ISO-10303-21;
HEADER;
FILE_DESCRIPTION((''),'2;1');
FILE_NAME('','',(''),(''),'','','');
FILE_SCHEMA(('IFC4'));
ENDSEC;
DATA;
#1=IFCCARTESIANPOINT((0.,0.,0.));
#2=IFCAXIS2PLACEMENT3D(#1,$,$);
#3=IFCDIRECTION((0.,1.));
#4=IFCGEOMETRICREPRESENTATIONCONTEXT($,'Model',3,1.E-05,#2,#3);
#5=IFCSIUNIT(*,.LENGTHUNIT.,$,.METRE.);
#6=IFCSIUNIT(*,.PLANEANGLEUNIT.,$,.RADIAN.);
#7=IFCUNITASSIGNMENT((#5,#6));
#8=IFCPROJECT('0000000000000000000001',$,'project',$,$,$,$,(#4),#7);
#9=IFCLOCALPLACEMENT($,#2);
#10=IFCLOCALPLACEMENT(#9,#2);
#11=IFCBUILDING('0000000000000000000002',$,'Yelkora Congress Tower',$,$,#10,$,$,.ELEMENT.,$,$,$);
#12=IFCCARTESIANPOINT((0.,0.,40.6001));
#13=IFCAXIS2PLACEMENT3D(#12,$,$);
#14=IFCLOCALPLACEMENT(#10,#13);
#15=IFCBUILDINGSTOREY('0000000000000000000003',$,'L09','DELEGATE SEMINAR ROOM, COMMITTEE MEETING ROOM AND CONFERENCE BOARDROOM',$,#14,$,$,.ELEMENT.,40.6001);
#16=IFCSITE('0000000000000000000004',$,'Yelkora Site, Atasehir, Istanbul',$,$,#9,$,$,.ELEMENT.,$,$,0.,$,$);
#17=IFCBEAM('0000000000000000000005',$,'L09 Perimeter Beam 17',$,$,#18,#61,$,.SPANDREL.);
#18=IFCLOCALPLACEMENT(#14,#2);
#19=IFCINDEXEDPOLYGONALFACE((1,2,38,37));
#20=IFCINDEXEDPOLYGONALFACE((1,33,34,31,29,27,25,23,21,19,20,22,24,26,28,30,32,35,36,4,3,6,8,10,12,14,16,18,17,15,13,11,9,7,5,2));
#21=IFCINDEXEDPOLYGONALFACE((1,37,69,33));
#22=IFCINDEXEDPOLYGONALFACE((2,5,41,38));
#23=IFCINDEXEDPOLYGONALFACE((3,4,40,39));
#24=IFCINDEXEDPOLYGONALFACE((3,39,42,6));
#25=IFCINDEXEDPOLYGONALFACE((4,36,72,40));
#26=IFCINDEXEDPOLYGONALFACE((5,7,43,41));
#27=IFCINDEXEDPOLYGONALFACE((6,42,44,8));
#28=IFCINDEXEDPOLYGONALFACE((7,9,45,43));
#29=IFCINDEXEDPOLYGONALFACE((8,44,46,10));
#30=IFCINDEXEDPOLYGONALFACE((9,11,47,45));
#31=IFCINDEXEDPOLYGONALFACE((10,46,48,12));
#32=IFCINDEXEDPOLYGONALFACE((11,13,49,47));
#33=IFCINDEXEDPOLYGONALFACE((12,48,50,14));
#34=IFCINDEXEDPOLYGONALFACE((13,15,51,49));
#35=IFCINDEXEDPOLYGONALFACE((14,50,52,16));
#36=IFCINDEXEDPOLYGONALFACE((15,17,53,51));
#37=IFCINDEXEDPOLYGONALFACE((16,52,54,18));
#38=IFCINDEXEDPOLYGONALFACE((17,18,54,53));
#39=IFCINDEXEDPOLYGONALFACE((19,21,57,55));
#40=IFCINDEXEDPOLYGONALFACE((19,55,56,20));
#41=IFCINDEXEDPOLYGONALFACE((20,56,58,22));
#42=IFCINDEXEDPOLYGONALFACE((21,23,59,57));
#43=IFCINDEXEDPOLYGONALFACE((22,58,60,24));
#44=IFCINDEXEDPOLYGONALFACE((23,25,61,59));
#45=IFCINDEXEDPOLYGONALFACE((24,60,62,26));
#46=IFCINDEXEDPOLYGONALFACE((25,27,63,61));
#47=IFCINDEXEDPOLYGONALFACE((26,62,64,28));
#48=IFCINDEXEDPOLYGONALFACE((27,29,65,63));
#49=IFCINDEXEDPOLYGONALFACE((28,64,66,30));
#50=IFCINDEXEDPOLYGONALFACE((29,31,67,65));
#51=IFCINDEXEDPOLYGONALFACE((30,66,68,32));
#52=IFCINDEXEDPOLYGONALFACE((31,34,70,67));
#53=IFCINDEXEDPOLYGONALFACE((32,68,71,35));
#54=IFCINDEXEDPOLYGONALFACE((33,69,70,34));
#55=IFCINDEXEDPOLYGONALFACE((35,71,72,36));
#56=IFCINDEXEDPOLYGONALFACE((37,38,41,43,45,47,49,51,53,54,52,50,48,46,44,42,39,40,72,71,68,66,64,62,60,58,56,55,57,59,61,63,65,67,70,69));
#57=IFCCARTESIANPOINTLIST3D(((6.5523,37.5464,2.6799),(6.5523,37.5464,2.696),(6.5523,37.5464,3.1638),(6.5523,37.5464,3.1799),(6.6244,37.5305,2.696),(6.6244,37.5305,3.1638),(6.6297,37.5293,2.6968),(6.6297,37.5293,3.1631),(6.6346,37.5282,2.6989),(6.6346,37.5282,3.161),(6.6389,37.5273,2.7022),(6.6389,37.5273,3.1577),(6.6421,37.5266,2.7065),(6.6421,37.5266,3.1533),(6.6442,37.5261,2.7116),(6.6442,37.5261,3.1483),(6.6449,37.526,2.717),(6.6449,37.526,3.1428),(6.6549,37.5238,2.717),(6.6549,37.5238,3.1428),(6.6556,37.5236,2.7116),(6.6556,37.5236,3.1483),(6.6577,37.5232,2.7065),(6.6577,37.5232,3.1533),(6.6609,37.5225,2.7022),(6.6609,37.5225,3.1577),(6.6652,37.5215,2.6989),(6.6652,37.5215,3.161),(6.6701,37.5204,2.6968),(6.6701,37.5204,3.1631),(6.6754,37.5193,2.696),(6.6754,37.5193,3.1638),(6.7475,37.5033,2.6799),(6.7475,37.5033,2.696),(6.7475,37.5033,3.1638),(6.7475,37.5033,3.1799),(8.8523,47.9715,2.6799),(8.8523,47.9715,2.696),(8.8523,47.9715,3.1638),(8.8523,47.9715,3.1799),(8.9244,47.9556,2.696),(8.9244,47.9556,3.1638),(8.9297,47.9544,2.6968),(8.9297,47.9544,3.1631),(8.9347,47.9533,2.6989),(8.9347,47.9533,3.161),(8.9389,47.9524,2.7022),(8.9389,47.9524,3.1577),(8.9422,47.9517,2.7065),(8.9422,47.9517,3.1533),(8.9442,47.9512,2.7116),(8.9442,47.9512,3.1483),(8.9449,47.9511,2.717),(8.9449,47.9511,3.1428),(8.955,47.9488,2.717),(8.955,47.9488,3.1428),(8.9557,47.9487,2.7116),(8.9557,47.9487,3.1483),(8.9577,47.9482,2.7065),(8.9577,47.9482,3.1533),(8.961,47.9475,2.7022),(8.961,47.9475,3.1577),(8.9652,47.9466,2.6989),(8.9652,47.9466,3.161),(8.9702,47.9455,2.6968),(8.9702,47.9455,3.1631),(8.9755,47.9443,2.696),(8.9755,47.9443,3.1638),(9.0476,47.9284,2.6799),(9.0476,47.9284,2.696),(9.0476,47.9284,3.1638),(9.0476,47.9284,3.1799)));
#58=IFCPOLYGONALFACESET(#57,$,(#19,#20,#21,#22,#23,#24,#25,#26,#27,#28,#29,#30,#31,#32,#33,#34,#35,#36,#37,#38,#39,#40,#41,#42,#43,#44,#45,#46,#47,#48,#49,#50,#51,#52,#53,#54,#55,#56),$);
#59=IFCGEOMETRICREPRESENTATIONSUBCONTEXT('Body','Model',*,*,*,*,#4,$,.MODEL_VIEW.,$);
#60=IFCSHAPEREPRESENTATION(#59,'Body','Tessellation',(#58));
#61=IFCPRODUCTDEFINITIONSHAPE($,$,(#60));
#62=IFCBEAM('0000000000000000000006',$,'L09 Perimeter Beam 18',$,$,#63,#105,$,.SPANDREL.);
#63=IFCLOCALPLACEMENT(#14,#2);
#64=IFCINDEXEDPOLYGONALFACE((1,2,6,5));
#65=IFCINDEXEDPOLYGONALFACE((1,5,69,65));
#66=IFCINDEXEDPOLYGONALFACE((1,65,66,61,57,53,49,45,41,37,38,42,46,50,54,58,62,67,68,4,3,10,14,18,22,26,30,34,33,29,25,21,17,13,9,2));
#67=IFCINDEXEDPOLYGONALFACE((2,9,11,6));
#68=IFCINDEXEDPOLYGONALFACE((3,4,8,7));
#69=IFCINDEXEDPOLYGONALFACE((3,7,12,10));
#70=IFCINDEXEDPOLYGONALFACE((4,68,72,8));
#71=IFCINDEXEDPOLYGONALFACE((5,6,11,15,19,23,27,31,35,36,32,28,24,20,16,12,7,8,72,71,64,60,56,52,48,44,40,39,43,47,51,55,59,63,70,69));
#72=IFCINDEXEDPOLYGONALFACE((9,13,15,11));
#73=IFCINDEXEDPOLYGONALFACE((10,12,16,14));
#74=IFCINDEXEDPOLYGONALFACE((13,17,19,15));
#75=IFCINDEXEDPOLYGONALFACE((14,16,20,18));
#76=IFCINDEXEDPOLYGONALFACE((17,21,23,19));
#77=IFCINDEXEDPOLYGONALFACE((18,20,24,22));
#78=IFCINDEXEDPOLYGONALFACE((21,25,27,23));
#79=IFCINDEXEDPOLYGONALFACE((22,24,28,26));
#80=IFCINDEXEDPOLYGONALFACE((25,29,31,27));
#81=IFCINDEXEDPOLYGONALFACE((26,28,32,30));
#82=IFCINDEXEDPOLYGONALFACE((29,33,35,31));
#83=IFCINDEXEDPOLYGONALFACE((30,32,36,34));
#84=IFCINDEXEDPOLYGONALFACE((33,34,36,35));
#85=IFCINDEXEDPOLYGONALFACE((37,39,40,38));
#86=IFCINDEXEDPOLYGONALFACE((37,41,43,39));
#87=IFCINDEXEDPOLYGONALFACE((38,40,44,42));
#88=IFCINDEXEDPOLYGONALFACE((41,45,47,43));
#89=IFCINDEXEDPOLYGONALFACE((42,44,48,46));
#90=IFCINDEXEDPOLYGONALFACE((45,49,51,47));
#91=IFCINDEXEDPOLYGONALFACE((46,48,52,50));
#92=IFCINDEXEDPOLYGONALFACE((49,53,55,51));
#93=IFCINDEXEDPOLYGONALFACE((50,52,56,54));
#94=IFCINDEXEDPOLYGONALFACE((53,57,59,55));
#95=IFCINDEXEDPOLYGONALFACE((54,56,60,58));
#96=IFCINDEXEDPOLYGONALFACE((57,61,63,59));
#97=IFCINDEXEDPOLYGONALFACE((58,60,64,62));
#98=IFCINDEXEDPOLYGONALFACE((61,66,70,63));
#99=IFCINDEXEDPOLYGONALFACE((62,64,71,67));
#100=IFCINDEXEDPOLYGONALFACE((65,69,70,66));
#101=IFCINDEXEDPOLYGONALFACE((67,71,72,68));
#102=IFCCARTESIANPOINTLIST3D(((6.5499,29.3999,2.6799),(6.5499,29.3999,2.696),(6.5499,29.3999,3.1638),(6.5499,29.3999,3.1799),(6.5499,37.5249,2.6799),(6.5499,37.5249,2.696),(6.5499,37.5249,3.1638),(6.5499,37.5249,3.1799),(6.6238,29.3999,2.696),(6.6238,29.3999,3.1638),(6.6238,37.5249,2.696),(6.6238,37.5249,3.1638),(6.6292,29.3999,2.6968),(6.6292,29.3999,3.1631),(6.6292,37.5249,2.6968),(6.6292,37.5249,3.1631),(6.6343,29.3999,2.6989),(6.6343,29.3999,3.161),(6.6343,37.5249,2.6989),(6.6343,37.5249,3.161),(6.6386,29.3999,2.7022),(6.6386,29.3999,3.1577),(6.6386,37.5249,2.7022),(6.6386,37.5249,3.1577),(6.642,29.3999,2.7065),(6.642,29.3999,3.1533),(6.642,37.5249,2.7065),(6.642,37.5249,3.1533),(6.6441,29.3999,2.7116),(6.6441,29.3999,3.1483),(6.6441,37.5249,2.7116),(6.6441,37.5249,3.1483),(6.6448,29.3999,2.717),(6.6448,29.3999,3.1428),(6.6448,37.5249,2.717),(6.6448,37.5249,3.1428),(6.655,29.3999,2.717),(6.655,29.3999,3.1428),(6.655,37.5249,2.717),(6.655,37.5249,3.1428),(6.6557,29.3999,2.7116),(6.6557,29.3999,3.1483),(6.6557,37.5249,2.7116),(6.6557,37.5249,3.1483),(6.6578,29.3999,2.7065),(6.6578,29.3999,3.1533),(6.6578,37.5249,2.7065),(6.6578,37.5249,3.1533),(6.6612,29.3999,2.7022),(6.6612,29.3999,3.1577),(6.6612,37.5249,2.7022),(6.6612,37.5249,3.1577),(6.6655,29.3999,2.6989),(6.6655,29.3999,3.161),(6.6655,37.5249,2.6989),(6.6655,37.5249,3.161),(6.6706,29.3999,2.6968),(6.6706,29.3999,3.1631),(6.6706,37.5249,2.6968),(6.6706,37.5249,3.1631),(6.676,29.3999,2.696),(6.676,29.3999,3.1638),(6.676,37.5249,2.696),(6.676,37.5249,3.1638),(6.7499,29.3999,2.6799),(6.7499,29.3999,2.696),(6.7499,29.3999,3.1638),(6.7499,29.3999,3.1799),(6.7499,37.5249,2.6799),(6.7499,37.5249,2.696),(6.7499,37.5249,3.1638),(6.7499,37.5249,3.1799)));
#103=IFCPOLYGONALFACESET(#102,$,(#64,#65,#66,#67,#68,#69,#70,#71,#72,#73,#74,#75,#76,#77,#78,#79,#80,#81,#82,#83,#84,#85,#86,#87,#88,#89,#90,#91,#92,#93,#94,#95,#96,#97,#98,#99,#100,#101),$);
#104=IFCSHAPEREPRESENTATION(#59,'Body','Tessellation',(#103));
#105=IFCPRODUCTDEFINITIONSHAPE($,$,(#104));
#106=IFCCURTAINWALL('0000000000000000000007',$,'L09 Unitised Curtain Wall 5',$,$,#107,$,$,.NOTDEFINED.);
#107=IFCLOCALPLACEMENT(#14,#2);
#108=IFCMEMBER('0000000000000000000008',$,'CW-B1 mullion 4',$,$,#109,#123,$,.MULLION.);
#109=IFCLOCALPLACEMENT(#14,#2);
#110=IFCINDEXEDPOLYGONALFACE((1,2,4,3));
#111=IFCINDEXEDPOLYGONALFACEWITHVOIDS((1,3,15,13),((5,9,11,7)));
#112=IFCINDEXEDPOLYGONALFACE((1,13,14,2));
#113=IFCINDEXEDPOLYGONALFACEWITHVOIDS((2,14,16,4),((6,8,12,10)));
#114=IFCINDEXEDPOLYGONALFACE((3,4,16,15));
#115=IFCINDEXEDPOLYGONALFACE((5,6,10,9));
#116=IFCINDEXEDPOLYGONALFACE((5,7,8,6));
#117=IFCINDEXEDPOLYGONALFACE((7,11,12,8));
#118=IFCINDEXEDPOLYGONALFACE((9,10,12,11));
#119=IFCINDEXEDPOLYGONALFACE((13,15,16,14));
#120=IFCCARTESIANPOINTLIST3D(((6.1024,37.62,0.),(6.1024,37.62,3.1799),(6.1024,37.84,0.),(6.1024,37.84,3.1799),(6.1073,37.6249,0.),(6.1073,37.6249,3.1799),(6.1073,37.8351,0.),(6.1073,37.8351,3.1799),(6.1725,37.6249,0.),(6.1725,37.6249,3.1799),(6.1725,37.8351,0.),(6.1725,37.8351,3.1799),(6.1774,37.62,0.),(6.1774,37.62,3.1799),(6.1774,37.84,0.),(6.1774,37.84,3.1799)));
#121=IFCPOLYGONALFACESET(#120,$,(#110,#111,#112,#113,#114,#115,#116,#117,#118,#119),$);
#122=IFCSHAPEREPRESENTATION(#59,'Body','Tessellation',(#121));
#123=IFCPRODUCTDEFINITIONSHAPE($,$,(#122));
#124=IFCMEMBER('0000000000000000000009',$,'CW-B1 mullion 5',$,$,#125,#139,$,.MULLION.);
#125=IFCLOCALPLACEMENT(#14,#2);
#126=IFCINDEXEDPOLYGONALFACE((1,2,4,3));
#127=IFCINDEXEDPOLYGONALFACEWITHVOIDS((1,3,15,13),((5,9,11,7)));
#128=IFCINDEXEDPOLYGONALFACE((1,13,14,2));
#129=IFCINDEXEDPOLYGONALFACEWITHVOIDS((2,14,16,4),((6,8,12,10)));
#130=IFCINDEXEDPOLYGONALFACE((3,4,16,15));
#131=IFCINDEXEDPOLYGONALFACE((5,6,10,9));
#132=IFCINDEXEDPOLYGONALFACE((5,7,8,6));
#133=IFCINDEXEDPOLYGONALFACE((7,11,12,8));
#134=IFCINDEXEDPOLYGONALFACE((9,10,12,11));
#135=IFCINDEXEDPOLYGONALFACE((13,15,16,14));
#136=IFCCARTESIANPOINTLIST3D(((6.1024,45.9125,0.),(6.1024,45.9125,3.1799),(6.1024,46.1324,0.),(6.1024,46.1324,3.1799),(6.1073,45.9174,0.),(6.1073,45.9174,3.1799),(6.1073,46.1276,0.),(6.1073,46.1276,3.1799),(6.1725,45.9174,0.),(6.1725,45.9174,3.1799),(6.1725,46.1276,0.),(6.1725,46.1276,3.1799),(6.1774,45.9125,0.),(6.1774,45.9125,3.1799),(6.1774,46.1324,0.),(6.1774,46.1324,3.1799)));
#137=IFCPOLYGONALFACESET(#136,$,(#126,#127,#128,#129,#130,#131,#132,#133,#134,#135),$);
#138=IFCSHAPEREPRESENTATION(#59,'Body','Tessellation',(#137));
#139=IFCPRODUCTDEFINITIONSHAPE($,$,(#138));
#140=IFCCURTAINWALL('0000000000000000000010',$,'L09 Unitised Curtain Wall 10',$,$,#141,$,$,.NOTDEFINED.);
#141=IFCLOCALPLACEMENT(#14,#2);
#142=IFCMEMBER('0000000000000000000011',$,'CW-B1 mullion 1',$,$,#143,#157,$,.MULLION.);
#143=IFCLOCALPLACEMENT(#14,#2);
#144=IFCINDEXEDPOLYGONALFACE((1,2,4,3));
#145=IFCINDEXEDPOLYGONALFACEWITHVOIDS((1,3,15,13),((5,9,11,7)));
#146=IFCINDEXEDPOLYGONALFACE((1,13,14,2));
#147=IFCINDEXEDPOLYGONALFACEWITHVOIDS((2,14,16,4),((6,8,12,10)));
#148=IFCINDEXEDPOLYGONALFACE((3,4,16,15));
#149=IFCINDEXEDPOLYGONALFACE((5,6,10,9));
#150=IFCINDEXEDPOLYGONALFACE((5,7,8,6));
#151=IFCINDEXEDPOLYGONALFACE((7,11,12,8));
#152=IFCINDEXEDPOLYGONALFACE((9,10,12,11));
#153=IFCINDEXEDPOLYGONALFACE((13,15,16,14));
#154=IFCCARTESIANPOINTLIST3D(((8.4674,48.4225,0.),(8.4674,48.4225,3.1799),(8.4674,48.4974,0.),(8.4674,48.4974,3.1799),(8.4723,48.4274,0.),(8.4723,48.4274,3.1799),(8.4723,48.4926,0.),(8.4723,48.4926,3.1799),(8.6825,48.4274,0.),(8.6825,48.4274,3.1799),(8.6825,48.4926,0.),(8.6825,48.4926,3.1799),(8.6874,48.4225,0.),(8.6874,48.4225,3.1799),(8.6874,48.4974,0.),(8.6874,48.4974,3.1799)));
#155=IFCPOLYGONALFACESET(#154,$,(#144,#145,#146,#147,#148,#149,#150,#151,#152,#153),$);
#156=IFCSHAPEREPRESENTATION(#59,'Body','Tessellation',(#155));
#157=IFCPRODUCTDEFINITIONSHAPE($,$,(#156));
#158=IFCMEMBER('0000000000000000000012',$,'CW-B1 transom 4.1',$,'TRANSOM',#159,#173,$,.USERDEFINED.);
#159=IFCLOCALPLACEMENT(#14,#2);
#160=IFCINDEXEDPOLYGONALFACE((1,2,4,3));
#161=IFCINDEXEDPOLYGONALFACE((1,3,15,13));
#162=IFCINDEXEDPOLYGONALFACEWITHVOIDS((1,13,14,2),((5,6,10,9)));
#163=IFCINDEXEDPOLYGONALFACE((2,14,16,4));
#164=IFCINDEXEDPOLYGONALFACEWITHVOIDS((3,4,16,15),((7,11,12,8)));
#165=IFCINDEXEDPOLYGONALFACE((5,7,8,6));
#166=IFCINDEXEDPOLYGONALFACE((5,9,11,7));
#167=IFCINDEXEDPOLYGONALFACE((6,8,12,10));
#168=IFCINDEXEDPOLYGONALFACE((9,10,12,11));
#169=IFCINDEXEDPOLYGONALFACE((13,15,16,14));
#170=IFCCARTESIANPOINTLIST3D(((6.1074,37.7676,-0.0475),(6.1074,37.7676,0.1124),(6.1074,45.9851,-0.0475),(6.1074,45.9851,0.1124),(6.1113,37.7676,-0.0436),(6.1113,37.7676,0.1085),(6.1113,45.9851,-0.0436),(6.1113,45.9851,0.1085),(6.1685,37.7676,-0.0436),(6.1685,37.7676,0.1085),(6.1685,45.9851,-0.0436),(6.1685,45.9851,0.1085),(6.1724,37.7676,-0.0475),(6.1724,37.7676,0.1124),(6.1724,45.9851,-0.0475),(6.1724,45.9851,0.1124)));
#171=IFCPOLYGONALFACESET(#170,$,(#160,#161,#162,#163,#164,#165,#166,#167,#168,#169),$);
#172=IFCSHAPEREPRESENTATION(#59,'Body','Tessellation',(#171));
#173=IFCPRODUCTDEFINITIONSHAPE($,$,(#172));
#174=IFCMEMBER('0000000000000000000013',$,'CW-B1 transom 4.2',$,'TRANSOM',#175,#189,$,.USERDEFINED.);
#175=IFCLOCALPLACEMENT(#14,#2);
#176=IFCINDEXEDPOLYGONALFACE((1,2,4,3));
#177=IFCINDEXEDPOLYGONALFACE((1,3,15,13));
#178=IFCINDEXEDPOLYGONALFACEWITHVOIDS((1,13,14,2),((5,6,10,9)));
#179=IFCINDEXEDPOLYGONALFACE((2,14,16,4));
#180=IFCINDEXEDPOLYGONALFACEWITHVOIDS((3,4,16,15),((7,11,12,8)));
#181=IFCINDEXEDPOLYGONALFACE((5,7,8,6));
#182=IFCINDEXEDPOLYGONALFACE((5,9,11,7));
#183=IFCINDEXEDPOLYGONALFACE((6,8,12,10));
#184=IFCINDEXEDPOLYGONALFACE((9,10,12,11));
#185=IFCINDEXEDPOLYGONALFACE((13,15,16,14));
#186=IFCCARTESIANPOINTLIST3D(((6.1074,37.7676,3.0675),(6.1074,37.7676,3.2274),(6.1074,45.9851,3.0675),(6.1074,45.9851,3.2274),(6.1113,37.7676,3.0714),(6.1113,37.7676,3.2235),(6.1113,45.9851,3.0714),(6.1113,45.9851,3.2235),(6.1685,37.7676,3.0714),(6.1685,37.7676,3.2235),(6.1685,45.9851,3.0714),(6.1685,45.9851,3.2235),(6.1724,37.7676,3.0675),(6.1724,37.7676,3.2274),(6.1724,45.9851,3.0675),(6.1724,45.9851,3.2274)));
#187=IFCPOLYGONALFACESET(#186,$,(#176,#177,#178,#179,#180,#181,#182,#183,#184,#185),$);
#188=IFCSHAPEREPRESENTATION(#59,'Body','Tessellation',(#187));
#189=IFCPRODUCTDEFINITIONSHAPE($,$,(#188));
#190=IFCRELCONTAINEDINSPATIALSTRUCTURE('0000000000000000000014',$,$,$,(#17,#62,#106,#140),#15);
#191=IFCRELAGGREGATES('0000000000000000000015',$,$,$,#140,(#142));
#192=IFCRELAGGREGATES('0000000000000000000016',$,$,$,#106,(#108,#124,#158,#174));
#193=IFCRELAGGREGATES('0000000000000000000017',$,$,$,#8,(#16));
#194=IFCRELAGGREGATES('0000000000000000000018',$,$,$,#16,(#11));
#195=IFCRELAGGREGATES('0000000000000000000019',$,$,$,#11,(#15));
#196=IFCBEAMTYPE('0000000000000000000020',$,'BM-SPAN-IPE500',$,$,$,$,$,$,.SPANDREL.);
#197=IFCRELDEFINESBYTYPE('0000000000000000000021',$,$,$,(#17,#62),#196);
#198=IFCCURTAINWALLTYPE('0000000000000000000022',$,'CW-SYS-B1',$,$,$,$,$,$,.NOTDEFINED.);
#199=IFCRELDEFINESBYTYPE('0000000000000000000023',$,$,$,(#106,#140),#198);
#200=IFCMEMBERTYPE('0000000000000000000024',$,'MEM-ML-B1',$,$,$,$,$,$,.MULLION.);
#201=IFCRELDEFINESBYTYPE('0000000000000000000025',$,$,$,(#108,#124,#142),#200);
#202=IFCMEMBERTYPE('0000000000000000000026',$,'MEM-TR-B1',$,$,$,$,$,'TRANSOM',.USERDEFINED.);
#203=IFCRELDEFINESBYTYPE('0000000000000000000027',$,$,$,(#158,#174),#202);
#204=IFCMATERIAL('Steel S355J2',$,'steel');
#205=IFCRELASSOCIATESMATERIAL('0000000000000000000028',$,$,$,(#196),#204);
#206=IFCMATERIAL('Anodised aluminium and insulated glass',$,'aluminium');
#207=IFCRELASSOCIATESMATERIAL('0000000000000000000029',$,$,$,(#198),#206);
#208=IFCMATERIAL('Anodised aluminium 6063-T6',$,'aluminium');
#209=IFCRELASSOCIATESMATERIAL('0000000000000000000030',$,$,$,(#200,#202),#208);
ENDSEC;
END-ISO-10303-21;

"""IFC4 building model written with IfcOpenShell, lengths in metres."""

from ifc_helpers import new_model, si_unit, direction, frame, origin, origin_2d, place, context, subcontext, project, spatial, hollow_rectangle, i_section, extrude, material, material_profile, profile_set, type_object, element, aggregate, save


model = new_model("IFC4")

# Units and contexts
model_context = context("Model", 3, precision=1e-05, world=origin(), true_north=direction((0.0, 1.0)))
body_context = subcontext(model_context, "Body", "Model", "MODEL_VIEW")
ifc_project = project(units=[si_unit("LENGTHUNIT", "METRE"), si_unit("PLANEANGLEUNIT", "RADIAN")], contexts=[model_context])

# Site, building, storey
site_placement = place(None, origin())
site = spatial("IfcSite", under=ifc_project, at=site_placement, Name="Yelkora Site, Atasehir, Istanbul", CompositionType="ELEMENT", RefElevation=0.0)
building_placement = place(site_placement, origin())
building = spatial("IfcBuilding", under=site, at=building_placement, Name="Yelkora Congress Tower", CompositionType="ELEMENT")
storey_placement = place(building_placement, frame((0.0, 0.0, 40.6001)))
storey = spatial("IfcBuildingStorey", under=building, at=storey_placement, Name="L09", Description="DELEGATE SEMINAR ROOM, COMMITTEE MEETING ROOM AND CONFERENCE BOARDROOM", CompositionType="ELEMENT", Elevation=40.6001)

# Beams
ifc_material_1 = material(Name="Steel S355J2", Category="steel")
ifc_material_profile_1 = material_profile(ifc_material_1, i_section(OverallWidth=0.2, OverallDepth=0.5, WebThickness=0.0103, FlangeThickness=0.0161, FilletRadius=0.021, at=origin_2d()), Name="IPE 500")
ifc_profile_set_1 = profile_set([ifc_material_profile_1], Name="Steel S355J2")
beam_type_1 = type_object("IfcBeamType", Name="BM-SPAN-IPE500", PredefinedType="SPANDREL", material=ifc_profile_set_1)
beam_1_placement = place(storey_placement, frame((8.95, 47.95, 2.9299), z_axis=(-0.215446, -0.976516, 0.0), x_axis=(0.976516, -0.215446, 0.0)))
element("IfcBeam", 1, at=beam_1_placement, inside=storey, type_object=beam_type_1, Name="L09 Perimeter Beam 17", PredefinedType="SPANDREL", context=body_context, shape_type="SweptSolid", body=[
    extrude(i_section(OverallWidth=0.2, OverallDepth=0.5, WebThickness=0.0103, FlangeThickness=0.0161, FilletRadius=0.021, at=origin_2d()), origin(), (0.0, 0.0, 1.0), 10.6758),
])
beam_2_placement = place(storey_placement, frame((6.6499, 37.5249, 2.9299), z_axis=(0.0, -1.0, 0.0), x_axis=(1.0, 0.0, 0.0)))
element("IfcBeam", 2, at=beam_2_placement, inside=storey, type_object=beam_type_1, Name="L09 Perimeter Beam 18", PredefinedType="SPANDREL", context=body_context, shape_type="SweptSolid", body=[
    extrude(i_section(OverallWidth=0.2, OverallDepth=0.5, WebThickness=0.0103, FlangeThickness=0.0161, FilletRadius=0.021, at=origin_2d()), origin(), (0.0, 0.0, 1.0), 8.125),
])

# Curtain wall, members
ifc_material_2 = material(Name="Anodised aluminium and insulated glass", Category="aluminium")
curtain_wall_type = type_object("IfcCurtainWallType", Name="CW-SYS-B1", PredefinedType="NOTDEFINED", material=ifc_material_2)
curtain_wall_1_placement = place(storey_placement, origin())
curtain_wall_1 = element("IfcCurtainWall", 3, at=curtain_wall_1_placement, inside=storey, type_object=curtain_wall_type, Name="L09 Unitised Curtain Wall 5", PredefinedType="NOTDEFINED")
ifc_material_3 = material(Name="Anodised aluminium 6063-T6", Category="aluminium")
ifc_material_profile_2 = material_profile(ifc_material_3, hollow_rectangle(XDim=0.075, YDim=0.22, WallThickness=0.0049, at=origin_2d()), Name="ALU 75x220x5")
ifc_profile_set_2 = profile_set([ifc_material_profile_2], Name="Anodised aluminium 6063-T6")
member_type_1 = type_object("IfcMemberType", Name="MEM-ML-B1", PredefinedType="MULLION", material=ifc_profile_set_2)
member_1_placement = place(storey_placement, frame((6.1399, 37.73, 0.0), z_axis=(0.0, 0.0, 1.0), x_axis=(-1.0, 0.0, 0.0)))
member_1 = element("IfcMember", 4, at=member_1_placement, type_object=member_type_1, Name="CW-B1 mullion 4", PredefinedType="MULLION", context=body_context, shape_type="SweptSolid", body=[
    extrude(hollow_rectangle(XDim=0.075, YDim=0.22, WallThickness=0.0049, at=origin_2d()), origin(), (0.0, 0.0, 1.0), 3.1799),
])
member_2_placement = place(storey_placement, frame((6.1399, 46.0225, 0.0), z_axis=(0.0, 0.0, 1.0), x_axis=(-1.0, 0.0, 0.0)))
member_2 = element("IfcMember", 5, at=member_2_placement, type_object=member_type_1, Name="CW-B1 mullion 5", PredefinedType="MULLION", context=body_context, shape_type="SweptSolid", body=[
    extrude(hollow_rectangle(XDim=0.075, YDim=0.22, WallThickness=0.0049, at=origin_2d()), origin(), (0.0, 0.0, 1.0), 3.1799),
])

# Curtain wall, member
curtain_wall_2_placement = place(storey_placement, origin())
curtain_wall_2 = element("IfcCurtainWall", 6, at=curtain_wall_2_placement, inside=storey, type_object=curtain_wall_type, Name="L09 Unitised Curtain Wall 10", PredefinedType="NOTDEFINED")
member_3_placement = place(storey_placement, frame((8.5774, 48.46, 0.0), z_axis=(0.0, 0.0, 1.0), x_axis=(0.0, 1.0, 0.0)))
member_3 = element("IfcMember", 7, at=member_3_placement, type_object=member_type_1, Name="CW-B1 mullion 1", PredefinedType="MULLION", context=body_context, shape_type="SweptSolid", body=[
    extrude(hollow_rectangle(XDim=0.075, YDim=0.22, WallThickness=0.0049, at=origin_2d()), origin(), (0.0, 0.0, 1.0), 3.1799),
])

# Members
ifc_material_profile_3 = material_profile(ifc_material_3, hollow_rectangle(XDim=0.0649, YDim=0.1599, WallThickness=0.0039, at=origin_2d()), Name="ALU 65x160x4")
ifc_profile_set_3 = profile_set([ifc_material_profile_3], Name="Anodised aluminium 6063-T6")
member_type_2 = type_object("IfcMemberType", Name="MEM-TR-B1", ElementType="TRANSOM", PredefinedType="USERDEFINED", material=ifc_profile_set_3)
member_4_placement = place(storey_placement, frame((6.1399, 37.7676, 0.0325), z_axis=(0.0, 1.0, 0.0), x_axis=(-1.0, 0.0, 0.0)))
member_4 = element("IfcMember", 8, at=member_4_placement, type_object=member_type_2, Name="CW-B1 transom 4.1", ObjectType="TRANSOM", PredefinedType="USERDEFINED", context=body_context, shape_type="SweptSolid", body=[
    extrude(hollow_rectangle(XDim=0.0649, YDim=0.1599, WallThickness=0.0039, at=origin_2d()), origin(), (0.0, 0.0, 1.0), 8.2175),
])
member_5_placement = place(storey_placement, frame((6.1399, 37.7676, 3.1475), z_axis=(0.0, 1.0, 0.0), x_axis=(-1.0, 0.0, 0.0)))
member_5 = element("IfcMember", 9, at=member_5_placement, type_object=member_type_2, Name="CW-B1 transom 4.2", ObjectType="TRANSOM", PredefinedType="USERDEFINED", context=body_context, shape_type="SweptSolid", body=[
    extrude(hollow_rectangle(XDim=0.0649, YDim=0.1599, WallThickness=0.0039, at=origin_2d()), origin(), (0.0, 0.0, 1.0), 8.2175),
])
aggregate(curtain_wall_2, [member_3])

aggregate(curtain_wall_1, [member_1, member_2, member_4, member_5])

save(model, "model.ifc")
